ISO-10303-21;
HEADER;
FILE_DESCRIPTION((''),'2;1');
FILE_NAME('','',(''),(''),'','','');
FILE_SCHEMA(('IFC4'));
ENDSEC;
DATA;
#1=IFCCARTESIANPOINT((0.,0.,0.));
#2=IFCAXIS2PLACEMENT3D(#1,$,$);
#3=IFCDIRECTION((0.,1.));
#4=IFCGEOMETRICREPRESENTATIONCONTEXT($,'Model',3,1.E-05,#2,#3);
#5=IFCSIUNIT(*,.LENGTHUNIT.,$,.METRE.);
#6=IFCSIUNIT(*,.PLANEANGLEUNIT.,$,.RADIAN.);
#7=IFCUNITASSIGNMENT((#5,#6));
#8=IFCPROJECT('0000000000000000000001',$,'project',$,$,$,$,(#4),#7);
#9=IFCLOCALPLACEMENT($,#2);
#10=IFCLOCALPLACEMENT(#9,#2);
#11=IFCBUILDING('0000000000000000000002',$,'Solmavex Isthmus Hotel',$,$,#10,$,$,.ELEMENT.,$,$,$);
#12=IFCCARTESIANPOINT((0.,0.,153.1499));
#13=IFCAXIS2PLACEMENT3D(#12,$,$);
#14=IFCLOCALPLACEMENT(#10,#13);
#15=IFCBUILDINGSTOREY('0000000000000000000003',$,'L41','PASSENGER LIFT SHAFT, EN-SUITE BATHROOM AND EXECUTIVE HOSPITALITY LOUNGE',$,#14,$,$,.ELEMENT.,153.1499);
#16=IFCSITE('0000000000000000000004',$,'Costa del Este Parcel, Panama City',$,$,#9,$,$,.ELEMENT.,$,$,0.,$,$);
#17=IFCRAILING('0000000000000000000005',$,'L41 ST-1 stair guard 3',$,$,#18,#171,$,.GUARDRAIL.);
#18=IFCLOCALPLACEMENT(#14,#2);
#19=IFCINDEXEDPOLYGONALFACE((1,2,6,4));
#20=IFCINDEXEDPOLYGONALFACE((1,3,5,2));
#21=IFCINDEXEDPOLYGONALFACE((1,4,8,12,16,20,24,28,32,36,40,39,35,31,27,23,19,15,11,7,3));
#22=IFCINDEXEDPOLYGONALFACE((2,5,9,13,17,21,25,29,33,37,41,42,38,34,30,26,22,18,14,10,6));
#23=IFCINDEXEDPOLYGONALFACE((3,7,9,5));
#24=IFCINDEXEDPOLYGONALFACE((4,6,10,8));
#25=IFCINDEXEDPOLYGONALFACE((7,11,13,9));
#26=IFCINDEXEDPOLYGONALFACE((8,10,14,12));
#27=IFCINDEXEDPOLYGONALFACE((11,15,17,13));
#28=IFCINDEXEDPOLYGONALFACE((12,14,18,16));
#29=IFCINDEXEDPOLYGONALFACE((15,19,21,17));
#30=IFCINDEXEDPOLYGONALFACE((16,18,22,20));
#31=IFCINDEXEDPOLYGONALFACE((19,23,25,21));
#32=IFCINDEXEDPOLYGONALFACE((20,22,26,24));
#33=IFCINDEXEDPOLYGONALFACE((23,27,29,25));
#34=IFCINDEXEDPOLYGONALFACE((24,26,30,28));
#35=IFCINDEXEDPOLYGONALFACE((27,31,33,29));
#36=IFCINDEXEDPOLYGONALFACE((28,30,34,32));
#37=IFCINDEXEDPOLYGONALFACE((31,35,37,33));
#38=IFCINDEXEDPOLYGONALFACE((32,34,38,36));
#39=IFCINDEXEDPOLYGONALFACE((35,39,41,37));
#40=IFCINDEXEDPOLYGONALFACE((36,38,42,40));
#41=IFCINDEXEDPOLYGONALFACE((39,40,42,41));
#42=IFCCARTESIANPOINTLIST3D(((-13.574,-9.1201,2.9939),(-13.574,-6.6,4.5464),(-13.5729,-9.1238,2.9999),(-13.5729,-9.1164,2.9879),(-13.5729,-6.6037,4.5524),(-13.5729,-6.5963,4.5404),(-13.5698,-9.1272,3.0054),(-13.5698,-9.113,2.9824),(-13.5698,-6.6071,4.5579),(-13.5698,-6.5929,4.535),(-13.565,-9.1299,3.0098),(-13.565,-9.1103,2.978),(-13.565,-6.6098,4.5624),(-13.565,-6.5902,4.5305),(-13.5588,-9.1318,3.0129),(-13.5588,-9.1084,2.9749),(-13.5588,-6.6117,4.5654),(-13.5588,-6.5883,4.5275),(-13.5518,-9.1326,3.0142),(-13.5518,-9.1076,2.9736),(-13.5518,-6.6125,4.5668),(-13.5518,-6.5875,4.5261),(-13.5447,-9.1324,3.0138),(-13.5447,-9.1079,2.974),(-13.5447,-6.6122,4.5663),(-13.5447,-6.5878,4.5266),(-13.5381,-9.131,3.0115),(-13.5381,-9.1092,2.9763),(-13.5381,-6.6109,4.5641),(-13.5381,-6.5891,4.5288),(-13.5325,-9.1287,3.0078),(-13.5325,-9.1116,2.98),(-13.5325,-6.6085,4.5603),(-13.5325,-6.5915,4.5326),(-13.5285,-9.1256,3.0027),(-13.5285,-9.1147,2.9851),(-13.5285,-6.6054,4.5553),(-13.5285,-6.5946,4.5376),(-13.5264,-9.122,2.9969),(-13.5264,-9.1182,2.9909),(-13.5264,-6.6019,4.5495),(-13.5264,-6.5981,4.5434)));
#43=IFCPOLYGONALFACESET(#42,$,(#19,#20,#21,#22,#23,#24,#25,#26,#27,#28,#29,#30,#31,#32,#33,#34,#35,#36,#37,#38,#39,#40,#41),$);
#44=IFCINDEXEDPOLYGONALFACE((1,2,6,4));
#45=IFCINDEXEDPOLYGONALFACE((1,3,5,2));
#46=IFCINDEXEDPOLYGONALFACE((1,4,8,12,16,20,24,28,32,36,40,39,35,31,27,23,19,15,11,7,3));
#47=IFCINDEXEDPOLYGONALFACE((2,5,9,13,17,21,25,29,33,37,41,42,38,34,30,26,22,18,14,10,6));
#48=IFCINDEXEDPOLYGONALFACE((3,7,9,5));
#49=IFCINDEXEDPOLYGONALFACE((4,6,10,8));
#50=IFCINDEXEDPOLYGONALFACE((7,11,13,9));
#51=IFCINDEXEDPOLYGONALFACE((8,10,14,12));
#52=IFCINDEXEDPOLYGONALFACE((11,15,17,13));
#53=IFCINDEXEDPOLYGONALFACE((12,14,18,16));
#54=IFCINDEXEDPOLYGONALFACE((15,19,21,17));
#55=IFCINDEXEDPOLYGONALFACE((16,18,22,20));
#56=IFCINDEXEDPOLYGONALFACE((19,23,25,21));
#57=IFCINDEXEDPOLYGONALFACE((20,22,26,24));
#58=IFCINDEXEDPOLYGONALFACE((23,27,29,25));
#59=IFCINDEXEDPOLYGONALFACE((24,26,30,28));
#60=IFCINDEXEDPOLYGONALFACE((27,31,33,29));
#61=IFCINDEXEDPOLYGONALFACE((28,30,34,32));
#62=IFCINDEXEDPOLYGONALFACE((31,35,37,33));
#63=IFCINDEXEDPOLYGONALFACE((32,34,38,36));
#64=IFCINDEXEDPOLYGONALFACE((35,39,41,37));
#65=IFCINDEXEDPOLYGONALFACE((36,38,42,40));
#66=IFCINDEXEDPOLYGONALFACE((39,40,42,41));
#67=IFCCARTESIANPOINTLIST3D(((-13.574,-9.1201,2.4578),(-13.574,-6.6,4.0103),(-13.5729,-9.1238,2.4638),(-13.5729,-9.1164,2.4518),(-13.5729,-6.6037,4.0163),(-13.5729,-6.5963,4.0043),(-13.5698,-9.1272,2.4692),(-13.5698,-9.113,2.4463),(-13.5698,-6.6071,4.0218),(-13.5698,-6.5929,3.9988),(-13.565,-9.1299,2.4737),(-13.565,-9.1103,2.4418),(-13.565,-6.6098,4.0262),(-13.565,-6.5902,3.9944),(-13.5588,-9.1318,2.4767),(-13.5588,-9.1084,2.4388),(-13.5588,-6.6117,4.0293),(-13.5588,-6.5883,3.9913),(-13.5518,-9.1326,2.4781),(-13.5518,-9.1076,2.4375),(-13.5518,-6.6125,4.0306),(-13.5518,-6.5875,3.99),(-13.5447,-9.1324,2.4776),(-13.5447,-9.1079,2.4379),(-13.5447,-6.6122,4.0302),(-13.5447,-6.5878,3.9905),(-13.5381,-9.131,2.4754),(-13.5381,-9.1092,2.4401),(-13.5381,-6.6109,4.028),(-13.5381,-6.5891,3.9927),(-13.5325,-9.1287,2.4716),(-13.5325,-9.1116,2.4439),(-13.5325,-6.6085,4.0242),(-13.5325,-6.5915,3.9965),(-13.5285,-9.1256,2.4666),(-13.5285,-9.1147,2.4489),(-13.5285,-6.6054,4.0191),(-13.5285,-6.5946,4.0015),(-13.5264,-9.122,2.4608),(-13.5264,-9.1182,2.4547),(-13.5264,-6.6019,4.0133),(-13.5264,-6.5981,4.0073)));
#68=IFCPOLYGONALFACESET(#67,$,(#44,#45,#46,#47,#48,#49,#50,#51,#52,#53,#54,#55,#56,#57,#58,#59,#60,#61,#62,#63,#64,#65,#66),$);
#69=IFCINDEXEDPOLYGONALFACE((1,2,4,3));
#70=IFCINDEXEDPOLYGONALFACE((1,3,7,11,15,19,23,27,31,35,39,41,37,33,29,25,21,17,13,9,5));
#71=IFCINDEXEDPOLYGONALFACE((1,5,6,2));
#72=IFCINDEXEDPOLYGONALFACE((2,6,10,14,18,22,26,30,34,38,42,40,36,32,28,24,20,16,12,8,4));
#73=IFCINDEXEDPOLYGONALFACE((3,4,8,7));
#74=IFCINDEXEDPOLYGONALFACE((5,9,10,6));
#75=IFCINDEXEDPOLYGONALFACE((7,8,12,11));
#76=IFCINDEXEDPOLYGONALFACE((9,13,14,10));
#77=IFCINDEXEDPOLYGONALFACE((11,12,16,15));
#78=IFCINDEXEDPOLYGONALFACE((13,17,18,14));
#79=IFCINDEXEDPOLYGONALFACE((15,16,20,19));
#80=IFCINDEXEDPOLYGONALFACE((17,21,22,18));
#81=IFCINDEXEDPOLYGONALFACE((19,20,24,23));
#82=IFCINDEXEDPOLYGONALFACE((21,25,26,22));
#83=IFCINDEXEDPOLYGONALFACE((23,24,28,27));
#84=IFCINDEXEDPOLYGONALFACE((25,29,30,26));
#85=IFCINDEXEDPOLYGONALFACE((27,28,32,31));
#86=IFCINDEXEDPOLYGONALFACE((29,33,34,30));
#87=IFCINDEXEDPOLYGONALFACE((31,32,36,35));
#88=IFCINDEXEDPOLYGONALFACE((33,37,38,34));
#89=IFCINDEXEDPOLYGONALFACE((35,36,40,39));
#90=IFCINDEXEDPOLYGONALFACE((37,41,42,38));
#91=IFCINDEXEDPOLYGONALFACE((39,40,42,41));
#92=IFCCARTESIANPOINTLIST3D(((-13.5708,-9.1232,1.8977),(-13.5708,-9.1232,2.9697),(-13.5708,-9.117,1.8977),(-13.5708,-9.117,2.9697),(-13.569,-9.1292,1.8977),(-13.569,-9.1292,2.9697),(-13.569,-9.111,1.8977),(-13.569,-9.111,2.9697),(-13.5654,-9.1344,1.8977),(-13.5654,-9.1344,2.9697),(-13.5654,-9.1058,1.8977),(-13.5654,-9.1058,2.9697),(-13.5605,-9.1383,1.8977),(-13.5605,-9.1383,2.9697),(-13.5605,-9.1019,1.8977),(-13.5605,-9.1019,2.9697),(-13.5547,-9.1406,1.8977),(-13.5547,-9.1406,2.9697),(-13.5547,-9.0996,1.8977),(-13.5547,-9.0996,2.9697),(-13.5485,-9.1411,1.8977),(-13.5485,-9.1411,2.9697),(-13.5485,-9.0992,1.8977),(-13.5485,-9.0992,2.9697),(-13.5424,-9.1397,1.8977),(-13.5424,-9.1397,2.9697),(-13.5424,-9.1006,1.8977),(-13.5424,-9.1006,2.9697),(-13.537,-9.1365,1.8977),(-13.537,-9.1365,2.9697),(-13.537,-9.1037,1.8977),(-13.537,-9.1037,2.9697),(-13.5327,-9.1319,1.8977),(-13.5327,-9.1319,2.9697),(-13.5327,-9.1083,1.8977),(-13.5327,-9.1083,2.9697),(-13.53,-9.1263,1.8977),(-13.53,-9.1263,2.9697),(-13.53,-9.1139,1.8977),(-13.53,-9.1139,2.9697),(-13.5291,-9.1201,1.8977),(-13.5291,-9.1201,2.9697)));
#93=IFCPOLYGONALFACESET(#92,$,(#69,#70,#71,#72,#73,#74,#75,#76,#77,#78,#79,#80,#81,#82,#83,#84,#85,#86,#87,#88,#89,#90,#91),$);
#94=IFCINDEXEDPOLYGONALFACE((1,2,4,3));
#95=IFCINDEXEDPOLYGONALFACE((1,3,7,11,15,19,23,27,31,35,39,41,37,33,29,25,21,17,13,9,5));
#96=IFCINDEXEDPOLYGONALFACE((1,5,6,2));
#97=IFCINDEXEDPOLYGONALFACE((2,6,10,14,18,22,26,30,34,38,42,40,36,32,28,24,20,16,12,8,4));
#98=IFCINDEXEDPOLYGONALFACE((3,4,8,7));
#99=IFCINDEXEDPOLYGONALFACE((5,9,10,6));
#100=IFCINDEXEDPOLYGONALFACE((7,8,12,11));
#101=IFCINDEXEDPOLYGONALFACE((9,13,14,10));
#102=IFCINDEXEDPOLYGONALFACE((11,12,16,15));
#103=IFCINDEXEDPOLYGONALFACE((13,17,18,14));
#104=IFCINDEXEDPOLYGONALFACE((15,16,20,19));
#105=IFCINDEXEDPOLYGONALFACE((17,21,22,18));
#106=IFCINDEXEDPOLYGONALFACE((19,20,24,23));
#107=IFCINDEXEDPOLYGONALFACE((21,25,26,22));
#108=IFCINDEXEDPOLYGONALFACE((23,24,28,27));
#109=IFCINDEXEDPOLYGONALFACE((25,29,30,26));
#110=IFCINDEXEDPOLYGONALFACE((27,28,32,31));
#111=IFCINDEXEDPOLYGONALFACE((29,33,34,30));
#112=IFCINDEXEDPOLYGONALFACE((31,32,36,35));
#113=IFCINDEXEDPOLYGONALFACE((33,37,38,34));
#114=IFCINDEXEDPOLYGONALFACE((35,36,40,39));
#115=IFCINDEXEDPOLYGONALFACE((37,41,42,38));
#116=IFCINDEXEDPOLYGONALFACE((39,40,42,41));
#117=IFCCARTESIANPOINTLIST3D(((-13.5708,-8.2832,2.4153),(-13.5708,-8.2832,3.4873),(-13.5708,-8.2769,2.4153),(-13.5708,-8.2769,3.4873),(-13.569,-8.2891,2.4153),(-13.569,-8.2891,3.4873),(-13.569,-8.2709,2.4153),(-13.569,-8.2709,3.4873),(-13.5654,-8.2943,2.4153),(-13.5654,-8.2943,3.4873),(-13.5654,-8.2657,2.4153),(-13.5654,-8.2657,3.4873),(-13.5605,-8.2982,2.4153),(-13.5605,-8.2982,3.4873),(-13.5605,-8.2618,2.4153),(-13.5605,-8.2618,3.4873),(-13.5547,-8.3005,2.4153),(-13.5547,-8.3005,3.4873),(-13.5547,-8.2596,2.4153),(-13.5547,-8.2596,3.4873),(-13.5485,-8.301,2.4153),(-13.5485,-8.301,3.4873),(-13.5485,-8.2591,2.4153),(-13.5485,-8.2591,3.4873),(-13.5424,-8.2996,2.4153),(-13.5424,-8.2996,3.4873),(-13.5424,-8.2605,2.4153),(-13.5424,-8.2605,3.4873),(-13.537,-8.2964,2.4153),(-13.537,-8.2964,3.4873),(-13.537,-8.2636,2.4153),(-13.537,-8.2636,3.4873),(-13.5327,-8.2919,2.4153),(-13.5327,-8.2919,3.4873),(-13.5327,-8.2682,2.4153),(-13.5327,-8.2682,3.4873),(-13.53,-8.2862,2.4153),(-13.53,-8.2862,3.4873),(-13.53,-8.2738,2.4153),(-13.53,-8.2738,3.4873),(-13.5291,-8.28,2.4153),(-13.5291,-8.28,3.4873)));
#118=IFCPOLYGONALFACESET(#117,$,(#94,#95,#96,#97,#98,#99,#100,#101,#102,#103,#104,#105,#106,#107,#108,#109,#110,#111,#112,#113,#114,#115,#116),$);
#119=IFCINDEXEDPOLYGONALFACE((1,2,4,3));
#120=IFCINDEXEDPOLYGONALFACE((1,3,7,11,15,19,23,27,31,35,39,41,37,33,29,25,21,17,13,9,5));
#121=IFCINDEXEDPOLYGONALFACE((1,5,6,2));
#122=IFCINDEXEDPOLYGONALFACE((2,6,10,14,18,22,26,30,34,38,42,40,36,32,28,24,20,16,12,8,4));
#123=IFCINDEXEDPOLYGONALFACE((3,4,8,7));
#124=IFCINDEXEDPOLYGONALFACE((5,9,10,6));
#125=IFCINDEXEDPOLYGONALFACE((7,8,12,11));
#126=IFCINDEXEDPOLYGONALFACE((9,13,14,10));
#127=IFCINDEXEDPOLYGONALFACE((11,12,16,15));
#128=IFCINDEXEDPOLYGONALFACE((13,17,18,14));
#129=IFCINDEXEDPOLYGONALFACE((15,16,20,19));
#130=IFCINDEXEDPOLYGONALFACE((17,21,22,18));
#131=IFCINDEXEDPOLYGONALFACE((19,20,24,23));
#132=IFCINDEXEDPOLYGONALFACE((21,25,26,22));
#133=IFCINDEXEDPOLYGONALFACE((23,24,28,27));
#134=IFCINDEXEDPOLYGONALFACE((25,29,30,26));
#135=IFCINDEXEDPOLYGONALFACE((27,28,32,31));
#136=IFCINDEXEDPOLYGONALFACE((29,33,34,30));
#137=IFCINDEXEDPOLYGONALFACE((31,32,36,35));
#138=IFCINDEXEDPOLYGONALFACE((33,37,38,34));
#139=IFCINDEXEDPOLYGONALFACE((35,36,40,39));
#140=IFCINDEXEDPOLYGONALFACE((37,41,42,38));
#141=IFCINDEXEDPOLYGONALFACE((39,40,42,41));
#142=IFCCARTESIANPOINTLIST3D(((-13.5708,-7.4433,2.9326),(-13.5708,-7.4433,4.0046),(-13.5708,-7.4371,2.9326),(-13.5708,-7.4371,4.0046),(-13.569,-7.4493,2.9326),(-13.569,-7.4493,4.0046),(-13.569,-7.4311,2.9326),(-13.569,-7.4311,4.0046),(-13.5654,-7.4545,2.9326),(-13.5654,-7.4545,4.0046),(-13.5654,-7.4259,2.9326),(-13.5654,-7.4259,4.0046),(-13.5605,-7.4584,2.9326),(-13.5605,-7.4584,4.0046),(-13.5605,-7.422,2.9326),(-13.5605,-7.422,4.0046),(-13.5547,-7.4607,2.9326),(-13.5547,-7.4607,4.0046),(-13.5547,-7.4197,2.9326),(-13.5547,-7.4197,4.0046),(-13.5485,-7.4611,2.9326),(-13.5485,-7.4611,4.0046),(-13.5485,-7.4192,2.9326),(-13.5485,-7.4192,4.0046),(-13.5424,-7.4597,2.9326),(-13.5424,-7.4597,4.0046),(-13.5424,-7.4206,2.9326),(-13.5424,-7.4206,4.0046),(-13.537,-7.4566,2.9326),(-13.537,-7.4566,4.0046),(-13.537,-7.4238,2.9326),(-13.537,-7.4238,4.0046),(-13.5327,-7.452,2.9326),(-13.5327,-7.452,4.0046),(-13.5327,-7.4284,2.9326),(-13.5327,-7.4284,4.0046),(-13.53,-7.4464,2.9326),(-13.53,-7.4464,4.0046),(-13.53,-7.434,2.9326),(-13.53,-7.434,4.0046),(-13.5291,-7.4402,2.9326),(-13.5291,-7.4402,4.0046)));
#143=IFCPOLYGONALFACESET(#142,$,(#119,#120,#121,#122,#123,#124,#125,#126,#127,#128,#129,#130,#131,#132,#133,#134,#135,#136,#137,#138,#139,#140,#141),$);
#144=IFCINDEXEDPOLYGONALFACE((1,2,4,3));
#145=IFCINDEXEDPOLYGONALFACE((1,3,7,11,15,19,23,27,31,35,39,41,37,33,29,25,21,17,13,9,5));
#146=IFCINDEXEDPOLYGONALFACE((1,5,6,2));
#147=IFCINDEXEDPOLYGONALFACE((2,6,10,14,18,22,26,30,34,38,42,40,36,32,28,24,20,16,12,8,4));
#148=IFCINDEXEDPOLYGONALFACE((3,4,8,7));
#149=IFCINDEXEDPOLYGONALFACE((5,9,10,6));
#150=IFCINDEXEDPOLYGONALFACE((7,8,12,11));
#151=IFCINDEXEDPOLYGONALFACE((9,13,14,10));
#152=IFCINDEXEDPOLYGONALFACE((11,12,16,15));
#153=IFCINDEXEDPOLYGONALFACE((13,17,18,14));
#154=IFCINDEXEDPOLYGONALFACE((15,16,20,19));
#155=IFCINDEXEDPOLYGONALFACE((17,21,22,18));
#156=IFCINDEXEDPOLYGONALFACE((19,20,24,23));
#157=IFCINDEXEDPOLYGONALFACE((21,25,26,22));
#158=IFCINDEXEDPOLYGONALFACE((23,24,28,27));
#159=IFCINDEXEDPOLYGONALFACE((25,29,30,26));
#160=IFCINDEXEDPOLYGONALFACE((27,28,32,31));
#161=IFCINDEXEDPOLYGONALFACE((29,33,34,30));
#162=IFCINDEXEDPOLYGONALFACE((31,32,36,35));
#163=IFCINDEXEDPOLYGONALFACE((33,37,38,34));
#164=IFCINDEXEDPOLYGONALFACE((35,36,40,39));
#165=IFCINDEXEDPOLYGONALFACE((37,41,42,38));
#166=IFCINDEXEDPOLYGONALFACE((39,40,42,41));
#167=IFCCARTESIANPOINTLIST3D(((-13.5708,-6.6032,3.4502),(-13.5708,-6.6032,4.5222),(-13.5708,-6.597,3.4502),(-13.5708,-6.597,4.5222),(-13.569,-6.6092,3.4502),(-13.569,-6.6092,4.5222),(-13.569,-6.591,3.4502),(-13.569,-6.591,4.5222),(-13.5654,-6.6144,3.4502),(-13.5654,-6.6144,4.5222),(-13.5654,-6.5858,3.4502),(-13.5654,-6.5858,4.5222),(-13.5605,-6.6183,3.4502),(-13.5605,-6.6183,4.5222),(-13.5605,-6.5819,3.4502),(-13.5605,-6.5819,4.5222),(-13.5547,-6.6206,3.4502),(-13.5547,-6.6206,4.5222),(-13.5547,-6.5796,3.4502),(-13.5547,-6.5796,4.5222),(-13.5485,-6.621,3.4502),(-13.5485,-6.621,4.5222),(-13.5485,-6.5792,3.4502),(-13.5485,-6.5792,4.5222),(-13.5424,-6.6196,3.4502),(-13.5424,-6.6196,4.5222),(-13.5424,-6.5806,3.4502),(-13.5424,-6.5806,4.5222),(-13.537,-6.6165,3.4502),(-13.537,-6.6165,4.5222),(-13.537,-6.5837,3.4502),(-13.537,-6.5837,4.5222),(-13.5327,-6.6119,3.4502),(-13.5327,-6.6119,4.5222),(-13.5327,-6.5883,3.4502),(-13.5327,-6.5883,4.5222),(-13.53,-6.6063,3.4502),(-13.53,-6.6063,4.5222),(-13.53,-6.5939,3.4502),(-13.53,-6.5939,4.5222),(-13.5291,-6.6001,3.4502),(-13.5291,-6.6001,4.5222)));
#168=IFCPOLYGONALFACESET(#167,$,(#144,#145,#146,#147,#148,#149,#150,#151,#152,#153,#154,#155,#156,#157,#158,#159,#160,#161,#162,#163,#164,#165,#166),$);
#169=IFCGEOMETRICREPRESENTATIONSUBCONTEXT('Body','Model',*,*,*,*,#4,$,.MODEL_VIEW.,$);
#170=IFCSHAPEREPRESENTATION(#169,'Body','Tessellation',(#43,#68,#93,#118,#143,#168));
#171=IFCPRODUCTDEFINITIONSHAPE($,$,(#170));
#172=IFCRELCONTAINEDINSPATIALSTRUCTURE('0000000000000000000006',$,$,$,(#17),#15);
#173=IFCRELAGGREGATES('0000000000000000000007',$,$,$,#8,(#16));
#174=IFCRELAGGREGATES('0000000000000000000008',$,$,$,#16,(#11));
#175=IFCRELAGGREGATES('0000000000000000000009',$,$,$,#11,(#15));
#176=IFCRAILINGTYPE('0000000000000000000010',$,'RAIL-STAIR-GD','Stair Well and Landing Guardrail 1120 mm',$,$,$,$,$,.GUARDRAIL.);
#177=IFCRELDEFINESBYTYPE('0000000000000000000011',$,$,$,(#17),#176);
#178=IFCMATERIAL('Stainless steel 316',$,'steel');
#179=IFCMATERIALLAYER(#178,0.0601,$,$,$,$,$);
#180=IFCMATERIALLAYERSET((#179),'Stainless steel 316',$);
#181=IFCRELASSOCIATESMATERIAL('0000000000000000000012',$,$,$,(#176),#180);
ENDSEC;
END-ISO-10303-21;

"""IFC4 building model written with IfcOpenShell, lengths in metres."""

from ifc_helpers import new_model, si_unit, direction, frame, origin, origin_2d, place, context, subcontext, project, spatial, circle, extrude, material, layer, layer_set, type_object, element, save


model = new_model("IFC4")

# Units and contexts
model_context = context("Model", 3, precision=1e-05, world=origin(), true_north=direction((0.0, 1.0)))
body_context = subcontext(model_context, "Body", "Model", "MODEL_VIEW")
ifc_project = project(units=[si_unit("LENGTHUNIT", "METRE"), si_unit("PLANEANGLEUNIT", "RADIAN")], contexts=[model_context])

# Site, building, storey
site_placement = place(None, origin())
site = spatial("IfcSite", under=ifc_project, at=site_placement, Name="Costa del Este Parcel, Panama City", CompositionType="ELEMENT", RefElevation=0.0)
building_placement = place(site_placement, origin())
building = spatial("IfcBuilding", under=site, at=building_placement, Name="Solmavex Isthmus Hotel", CompositionType="ELEMENT")
storey_placement = place(building_placement, frame((0.0, 0.0, 153.1499)))
storey = spatial("IfcBuildingStorey", under=building, at=storey_placement, Name="L41", Description="PASSENGER LIFT SHAFT, EN-SUITE BATHROOM AND EXECUTIVE HOSPITALITY LOUNGE", CompositionType="ELEMENT", Elevation=153.1499)

# Shared definitions
ifc_material_1 = material(Name="Stainless steel 316", Category="steel")

# Railing
ifc_layer_1 = layer(ifc_material_1, 0.0601)
ifc_layer_set_1 = layer_set([ifc_layer_1], Name="Stainless steel 316")
railing_type_1 = type_object("IfcRailingType", Name="RAIL-STAIR-GD", Description="Stair Well and Landing Guardrail 1120 mm", PredefinedType="GUARDRAIL", material=ifc_layer_set_1)
railing_1_placement = place(storey_placement, frame((-13.55, -9.1201, 1.8977)))
element("IfcRailing", 1, at=railing_1_placement, inside=storey, type_object=railing_type_1, Name="L41 ST-1 stair guard 3", PredefinedType="GUARDRAIL", context=body_context, shape_type="SweptSolid", body=[
    extrude(circle(Radius=0.0239, at=origin_2d()), frame((0.0, 0.0, 1.0962), z_axis=(0.0, 0.8514, 0.524516), x_axis=(-1.0, 0.0, 0.0)), (0.0, 0.0, 1.0), 2.96),
    extrude(circle(Radius=0.0239, at=origin_2d()), frame((0.0, 0.0, 0.5601), z_axis=(0.0, 0.8514, 0.524516), x_axis=(-1.0, 0.0, 0.0)), (0.0, 0.0, 1.0), 2.96),
    extrude(circle(Radius=0.021, at=origin_2d()), origin(), (0.0, 0.0, 1.0), 1.072),
    extrude(circle(Radius=0.021, at=origin_2d()), frame((0.0, 0.8401, 0.5176)), (0.0, 0.0, 1.0), 1.072),
    extrude(circle(Radius=0.021, at=origin_2d()), frame((0.0, 1.6799, 1.0349)), (0.0, 0.0, 1.0), 1.072),
    extrude(circle(Radius=0.021, at=origin_2d()), frame((0.0, 2.52, 1.5525)), (0.0, 0.0, 1.0), 1.072),
])

save(model, "model.ifc")
